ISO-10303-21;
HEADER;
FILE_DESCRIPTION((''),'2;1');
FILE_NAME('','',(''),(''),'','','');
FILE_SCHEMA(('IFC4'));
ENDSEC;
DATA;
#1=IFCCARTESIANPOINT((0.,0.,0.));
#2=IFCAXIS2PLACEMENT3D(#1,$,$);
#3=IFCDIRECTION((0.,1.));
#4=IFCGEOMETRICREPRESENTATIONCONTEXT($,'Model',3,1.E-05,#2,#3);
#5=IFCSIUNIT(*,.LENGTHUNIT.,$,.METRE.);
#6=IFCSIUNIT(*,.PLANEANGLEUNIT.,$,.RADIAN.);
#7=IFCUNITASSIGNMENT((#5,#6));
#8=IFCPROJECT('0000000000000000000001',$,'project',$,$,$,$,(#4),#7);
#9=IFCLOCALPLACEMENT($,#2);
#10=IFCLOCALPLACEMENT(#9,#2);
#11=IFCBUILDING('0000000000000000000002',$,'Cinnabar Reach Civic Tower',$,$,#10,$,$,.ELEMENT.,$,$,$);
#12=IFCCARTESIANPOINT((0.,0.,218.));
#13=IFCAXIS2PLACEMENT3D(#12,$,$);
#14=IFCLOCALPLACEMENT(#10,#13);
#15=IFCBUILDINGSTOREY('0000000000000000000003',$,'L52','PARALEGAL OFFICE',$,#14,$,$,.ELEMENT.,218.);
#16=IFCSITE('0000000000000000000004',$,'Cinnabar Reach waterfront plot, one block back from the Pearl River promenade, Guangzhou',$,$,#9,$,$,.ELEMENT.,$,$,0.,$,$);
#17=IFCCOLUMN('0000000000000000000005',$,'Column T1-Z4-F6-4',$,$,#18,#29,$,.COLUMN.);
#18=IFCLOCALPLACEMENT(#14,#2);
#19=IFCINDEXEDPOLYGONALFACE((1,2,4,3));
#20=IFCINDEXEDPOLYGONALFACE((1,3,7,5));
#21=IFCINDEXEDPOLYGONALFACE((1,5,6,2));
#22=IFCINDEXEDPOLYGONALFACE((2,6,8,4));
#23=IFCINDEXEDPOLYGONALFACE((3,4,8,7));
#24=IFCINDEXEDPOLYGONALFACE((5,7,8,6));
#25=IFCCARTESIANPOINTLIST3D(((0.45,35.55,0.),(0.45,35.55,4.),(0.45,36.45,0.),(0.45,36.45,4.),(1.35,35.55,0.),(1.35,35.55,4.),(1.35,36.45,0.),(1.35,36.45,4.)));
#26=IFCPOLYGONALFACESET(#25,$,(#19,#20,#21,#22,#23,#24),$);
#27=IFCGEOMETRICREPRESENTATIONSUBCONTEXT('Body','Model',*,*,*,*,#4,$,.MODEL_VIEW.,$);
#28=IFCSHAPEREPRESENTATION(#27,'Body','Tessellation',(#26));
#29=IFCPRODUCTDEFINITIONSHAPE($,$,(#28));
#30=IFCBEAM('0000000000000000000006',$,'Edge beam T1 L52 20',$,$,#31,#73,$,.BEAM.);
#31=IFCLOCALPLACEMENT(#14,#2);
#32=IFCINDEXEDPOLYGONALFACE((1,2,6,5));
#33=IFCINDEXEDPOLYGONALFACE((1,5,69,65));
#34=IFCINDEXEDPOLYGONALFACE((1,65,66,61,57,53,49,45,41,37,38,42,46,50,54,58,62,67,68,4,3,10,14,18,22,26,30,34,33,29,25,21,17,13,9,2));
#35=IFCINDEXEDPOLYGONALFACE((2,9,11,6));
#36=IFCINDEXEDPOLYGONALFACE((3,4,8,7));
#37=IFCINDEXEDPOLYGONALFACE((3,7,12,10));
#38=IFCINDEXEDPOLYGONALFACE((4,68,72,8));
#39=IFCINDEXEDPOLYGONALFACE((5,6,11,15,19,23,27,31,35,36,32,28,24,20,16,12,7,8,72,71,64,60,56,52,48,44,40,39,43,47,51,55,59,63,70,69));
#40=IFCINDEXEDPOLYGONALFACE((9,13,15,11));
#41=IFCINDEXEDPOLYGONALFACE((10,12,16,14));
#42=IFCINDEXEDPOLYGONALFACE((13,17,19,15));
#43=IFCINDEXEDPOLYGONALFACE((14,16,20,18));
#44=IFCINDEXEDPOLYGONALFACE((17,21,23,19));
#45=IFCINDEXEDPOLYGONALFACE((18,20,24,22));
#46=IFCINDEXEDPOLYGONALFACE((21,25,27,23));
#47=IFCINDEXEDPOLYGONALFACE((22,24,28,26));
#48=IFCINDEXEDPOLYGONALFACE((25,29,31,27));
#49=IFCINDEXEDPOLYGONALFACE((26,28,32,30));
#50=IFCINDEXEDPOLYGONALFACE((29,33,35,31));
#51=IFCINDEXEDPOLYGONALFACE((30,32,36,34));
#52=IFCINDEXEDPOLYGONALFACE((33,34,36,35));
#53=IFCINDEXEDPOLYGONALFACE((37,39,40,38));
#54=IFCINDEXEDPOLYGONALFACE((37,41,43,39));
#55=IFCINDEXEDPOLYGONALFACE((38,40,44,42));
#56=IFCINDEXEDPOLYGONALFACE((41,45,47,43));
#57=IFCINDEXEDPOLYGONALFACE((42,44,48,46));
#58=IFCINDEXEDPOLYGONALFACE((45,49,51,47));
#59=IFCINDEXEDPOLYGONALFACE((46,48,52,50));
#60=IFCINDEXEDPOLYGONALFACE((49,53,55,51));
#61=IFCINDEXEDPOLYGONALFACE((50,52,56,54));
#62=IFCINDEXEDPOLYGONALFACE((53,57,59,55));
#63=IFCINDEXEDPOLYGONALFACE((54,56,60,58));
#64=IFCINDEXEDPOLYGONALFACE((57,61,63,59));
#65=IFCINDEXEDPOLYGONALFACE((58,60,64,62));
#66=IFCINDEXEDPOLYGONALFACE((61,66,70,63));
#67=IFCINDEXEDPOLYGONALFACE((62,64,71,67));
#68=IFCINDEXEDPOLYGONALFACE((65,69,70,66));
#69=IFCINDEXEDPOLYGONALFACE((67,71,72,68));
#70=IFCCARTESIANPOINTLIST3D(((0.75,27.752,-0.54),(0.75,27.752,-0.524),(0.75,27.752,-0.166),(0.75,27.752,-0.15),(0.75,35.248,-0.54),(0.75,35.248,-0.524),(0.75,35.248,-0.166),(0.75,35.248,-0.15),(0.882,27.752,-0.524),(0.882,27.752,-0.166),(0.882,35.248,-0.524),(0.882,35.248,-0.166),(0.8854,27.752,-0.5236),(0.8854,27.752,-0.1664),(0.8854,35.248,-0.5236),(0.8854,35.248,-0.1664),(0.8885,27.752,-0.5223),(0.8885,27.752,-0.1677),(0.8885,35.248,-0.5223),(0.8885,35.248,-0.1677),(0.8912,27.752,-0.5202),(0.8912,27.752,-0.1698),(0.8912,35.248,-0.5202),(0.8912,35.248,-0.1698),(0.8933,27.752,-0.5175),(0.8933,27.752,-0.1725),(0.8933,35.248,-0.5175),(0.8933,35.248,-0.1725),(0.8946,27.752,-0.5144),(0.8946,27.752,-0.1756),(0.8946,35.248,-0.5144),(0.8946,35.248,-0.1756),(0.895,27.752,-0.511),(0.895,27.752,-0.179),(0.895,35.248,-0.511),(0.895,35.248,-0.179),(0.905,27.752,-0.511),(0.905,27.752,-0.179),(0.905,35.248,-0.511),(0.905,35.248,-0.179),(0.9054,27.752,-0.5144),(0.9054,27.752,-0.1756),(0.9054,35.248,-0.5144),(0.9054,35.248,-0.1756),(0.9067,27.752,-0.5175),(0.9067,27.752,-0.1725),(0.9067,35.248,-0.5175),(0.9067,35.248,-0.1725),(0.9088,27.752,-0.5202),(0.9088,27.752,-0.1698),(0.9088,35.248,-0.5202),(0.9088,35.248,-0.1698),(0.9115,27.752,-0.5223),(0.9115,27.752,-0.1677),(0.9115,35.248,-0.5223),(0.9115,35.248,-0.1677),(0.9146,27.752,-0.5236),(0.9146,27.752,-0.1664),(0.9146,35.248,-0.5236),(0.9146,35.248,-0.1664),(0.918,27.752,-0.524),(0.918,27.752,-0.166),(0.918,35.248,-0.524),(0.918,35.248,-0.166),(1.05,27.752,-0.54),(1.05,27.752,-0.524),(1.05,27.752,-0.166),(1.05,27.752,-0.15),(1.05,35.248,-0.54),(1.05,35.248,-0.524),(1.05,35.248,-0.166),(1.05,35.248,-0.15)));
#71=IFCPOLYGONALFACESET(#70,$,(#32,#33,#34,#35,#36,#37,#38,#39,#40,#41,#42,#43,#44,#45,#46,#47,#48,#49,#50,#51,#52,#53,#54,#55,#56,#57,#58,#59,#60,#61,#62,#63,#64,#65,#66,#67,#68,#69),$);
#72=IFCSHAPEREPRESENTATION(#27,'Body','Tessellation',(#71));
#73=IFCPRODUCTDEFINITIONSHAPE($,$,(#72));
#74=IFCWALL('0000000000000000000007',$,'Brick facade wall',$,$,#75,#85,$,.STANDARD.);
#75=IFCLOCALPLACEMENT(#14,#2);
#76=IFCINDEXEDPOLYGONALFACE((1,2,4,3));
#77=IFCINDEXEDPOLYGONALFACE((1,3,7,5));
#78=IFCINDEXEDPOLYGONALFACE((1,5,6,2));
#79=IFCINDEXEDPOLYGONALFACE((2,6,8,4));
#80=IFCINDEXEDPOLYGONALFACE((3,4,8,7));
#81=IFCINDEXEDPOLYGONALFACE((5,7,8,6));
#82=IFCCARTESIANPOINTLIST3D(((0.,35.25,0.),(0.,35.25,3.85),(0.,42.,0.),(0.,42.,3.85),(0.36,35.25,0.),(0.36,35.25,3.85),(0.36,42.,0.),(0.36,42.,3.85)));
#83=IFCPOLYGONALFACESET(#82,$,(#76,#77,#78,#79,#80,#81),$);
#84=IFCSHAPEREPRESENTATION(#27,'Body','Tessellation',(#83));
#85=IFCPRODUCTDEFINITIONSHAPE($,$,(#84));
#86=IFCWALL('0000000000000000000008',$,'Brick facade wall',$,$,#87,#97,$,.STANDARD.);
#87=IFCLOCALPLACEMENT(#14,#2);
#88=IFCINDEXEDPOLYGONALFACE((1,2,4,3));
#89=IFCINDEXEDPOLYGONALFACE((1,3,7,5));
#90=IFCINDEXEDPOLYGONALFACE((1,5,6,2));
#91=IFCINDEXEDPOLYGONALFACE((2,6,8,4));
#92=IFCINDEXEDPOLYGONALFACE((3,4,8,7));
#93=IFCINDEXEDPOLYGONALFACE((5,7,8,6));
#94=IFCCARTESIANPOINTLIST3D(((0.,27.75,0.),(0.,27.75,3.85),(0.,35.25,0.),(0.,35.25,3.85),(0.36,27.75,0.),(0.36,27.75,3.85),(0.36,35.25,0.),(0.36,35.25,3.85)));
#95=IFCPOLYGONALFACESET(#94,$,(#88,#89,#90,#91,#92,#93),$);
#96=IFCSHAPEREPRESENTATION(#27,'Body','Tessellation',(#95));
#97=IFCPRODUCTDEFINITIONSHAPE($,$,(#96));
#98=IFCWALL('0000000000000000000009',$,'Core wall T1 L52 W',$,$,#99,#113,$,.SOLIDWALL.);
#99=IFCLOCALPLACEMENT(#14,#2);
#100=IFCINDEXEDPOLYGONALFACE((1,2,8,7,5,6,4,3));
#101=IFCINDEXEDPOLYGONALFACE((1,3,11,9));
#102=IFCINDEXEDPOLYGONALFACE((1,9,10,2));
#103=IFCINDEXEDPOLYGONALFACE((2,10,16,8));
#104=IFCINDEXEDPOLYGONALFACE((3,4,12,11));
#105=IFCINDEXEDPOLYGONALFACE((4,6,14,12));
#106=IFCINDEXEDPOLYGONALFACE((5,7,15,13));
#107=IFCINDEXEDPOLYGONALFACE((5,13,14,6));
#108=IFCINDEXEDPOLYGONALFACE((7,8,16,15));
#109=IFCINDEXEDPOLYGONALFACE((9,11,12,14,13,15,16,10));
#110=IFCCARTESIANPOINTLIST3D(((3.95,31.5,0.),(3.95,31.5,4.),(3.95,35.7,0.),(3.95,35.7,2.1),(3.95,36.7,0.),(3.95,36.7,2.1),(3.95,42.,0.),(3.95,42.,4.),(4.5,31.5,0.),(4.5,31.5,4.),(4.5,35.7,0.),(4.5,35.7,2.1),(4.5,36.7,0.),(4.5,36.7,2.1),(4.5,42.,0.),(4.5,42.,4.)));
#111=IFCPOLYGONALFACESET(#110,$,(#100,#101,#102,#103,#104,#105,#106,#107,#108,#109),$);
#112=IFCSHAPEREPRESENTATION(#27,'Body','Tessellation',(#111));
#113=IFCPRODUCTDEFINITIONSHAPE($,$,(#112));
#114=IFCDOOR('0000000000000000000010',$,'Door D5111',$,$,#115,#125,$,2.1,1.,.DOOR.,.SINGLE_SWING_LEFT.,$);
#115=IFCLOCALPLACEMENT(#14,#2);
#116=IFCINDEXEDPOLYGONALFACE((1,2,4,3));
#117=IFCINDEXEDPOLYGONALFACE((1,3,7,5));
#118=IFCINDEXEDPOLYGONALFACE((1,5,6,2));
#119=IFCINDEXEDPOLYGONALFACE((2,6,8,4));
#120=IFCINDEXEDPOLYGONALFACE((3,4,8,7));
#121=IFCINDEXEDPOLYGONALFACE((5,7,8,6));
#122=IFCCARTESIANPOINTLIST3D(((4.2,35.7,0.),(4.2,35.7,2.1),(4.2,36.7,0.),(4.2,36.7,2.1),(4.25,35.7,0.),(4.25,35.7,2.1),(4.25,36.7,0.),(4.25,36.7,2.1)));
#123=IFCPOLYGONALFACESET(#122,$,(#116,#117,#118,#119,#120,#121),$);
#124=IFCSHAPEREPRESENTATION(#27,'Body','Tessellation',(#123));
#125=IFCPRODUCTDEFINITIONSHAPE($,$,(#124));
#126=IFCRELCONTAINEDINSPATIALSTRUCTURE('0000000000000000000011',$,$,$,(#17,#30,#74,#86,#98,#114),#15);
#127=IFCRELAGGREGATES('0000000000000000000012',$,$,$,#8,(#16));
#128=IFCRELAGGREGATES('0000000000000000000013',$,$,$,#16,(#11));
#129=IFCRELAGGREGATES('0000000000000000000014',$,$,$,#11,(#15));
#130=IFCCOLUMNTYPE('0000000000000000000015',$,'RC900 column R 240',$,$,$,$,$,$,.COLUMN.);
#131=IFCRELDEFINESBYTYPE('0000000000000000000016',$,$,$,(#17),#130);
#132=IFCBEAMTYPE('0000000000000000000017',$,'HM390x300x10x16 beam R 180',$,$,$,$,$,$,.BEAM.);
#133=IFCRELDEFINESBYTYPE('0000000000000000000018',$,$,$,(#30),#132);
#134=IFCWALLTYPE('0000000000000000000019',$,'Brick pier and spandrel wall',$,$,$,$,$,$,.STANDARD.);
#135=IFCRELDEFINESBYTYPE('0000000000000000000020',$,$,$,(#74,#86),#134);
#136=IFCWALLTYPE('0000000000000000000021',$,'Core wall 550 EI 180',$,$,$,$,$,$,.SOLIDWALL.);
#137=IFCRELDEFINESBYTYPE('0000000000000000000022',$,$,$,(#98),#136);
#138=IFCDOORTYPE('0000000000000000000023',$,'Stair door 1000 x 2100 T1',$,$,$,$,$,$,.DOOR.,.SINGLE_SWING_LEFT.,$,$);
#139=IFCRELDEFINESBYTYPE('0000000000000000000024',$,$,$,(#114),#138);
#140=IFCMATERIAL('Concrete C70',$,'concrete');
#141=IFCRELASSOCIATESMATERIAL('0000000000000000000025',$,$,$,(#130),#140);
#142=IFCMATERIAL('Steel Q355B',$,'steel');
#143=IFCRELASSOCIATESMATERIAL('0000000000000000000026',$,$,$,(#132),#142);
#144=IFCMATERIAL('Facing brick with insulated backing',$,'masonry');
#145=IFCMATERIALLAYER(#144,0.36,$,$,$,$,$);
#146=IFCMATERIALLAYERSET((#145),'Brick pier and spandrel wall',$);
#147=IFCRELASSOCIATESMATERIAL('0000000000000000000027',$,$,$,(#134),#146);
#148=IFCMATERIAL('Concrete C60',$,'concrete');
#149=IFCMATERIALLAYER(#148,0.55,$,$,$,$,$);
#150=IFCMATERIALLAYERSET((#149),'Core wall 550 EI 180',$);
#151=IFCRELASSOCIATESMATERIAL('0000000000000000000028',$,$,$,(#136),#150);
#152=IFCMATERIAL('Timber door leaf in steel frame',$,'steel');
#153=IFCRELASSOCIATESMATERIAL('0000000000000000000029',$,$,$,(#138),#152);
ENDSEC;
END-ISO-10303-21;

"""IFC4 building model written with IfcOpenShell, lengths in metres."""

from ifc_helpers import new_model, si_unit, direction, frame, frame_2d, origin, origin_2d, place, context, subcontext, project, spatial, rectangle, i_section, extrude, material, layer, layer_set, material_profile, profile_set, type_object, element, fill, save


model = new_model("IFC4")

# Units and contexts
model_context = context("Model", 3, precision=1e-05, world=origin(), true_north=direction((0.0, 1.0)))
body_context = subcontext(model_context, "Body", "Model", "MODEL_VIEW")
ifc_project = project(units=[si_unit("LENGTHUNIT", "METRE"), si_unit("PLANEANGLEUNIT", "RADIAN")], contexts=[model_context])

# Site, building, storey
site_placement = place(None, origin())
site = spatial("IfcSite", under=ifc_project, at=site_placement, Name="Cinnabar Reach waterfront plot, one block back from the Pearl River promenade, Guangzhou", CompositionType="ELEMENT", RefElevation=0.0)
building_placement = place(site_placement, origin())
building = spatial("IfcBuilding", under=site, at=building_placement, Name="Cinnabar Reach Civic Tower", CompositionType="ELEMENT")
storey_placement = place(building_placement, frame((0.0, 0.0, 218.0)))
storey = spatial("IfcBuildingStorey", under=building, at=storey_placement, Name="L52", Description="PARALEGAL OFFICE", CompositionType="ELEMENT", Elevation=218.0)

# Column
ifc_material_1 = material(Name="Concrete C70", Category="concrete")
ifc_material_profile_1 = material_profile(ifc_material_1, rectangle(XDim=0.9, YDim=0.9, at=origin_2d()), Name="RC900")
ifc_profile_set_1 = profile_set([ifc_material_profile_1], Name="Concrete C70")
column_type = type_object("IfcColumnType", Name="RC900 column R 240", PredefinedType="COLUMN", material=ifc_profile_set_1)
column_placement = place(storey_placement, frame((0.9, 36.0, 0.0), z_axis=(0.0, 0.0, 1.0), x_axis=(1.0, 0.0, 0.0)))
element("IfcColumn", 1, at=column_placement, inside=storey, type_object=column_type, Name="Column T1-Z4-F6-4", PredefinedType="COLUMN", context=body_context, shape_type="SweptSolid", body=[
    extrude(rectangle(XDim=0.9, YDim=0.9, at=origin_2d()), origin(), (0.0, 0.0, 1.0), 4.0),
])

# Beam
ifc_material_2 = material(Name="Steel Q355B", Category="steel")
ifc_material_profile_2 = material_profile(ifc_material_2, i_section(OverallWidth=0.3, OverallDepth=0.39, WebThickness=0.01, FlangeThickness=0.016, FilletRadius=0.013, at=origin_2d()), Name="HM390x300x10x16")
ifc_profile_set_2 = profile_set([ifc_material_profile_2], Name="Steel Q355B")
beam_type = type_object("IfcBeamType", Name="HM390x300x10x16 beam R 180", PredefinedType="BEAM", material=ifc_profile_set_2)
beam_placement = place(storey_placement, frame((0.9, 35.248, -0.345), z_axis=(0.0, -1.0, 0.0), x_axis=(1.0, 0.0, 0.0)))
element("IfcBeam", 2, at=beam_placement, inside=storey, type_object=beam_type, Name="Edge beam T1 L52 20", PredefinedType="BEAM", context=body_context, shape_type="SweptSolid", body=[
    extrude(i_section(OverallWidth=0.3, OverallDepth=0.39, WebThickness=0.01, FlangeThickness=0.016, FilletRadius=0.013, at=origin_2d()), origin(), (0.0, 0.0, 1.0), 7.496),
])

# Walls
ifc_material_3 = material(Name="Facing brick with insulated backing", Category="masonry")
ifc_layer_1 = layer(ifc_material_3, 0.36)
ifc_layer_set_1 = layer_set([ifc_layer_1], Name="Brick pier and spandrel wall")
wall_type_1 = type_object("IfcWallType", Name="Brick pier and spandrel wall", PredefinedType="STANDARD", material=ifc_layer_set_1)
wall_1_placement = place(storey_placement, frame((0.18, 42.0, 0.0), z_axis=(0.0, 0.0, 1.0), x_axis=(0.0, -1.0, 0.0)))
element("IfcWall", 3, at=wall_1_placement, inside=storey, type_object=wall_type_1, Name="Brick facade wall", PredefinedType="STANDARD", context=body_context, shape_type="SweptSolid", body=[
    extrude(rectangle(XDim=6.75, YDim=0.36, at=frame_2d((3.375, 0.0))), origin(), (0.0, 0.0, 1.0), 3.85),
])
wall_2_placement = place(storey_placement, frame((0.18, 35.25, 0.0), z_axis=(0.0, 0.0, 1.0), x_axis=(0.0, -1.0, 0.0)))
element("IfcWall", 4, at=wall_2_placement, inside=storey, type_object=wall_type_1, Name="Brick facade wall", PredefinedType="STANDARD", context=body_context, shape_type="SweptSolid", body=[
    extrude(rectangle(XDim=7.5, YDim=0.36, at=frame_2d((3.75, 0.0))), origin(), (0.0, 0.0, 1.0), 3.85),
])

# Wall, opening, door
ifc_material_4 = material(Name="Concrete C60", Category="concrete")
ifc_layer_2 = layer(ifc_material_4, 0.55)
ifc_layer_set_2 = layer_set([ifc_layer_2], Name="Core wall 550 EI 180")
wall_type_2 = type_object("IfcWallType", Name="Core wall 550 EI 180", PredefinedType="SOLIDWALL", material=ifc_layer_set_2)
wall_3_placement = place(storey_placement, frame((4.225, 42.0, 0.0), z_axis=(0.0, 0.0, 1.0), x_axis=(0.0, -1.0, 0.0)))
wall_3 = element("IfcWall", 5, at=wall_3_placement, inside=storey, type_object=wall_type_2, Name="Core wall T1 L52 W", PredefinedType="SOLIDWALL", context=body_context, shape_type="SweptSolid", body=[
    extrude(rectangle(XDim=10.5, YDim=0.55, at=frame_2d((5.25, 0.0))), origin(), (0.0, 0.0, 1.0), 4.0),
])
opening_1_placement = place(wall_3_placement, frame((5.3, 0.0, 0.0)))
opening_1 = element("IfcOpeningElement", 6, at=opening_1_placement, cuts=wall_3, PredefinedType="OPENING", context=body_context, shape_type="SweptSolid", body=[
    extrude(rectangle(XDim=1.0, YDim=2.1, at=frame_2d((0.5, 1.05))), frame((0.0, 0.285, 0.0), z_axis=(0.0, -1.0, 0.0), x_axis=(1.0, 0.0, 0.0)), (0.0, 0.0, 1.0), 0.57),
])
ifc_material_5 = material(Name="Timber door leaf in steel frame", Category="steel")
door_type_1 = type_object("IfcDoorType", Name="Stair door 1000 x 2100 T1", OperationType="SINGLE_SWING_LEFT", PredefinedType="DOOR", material=ifc_material_5)
door_1_placement = place(opening_1_placement, frame((1.0, 0.0, 0.0), z_axis=(0.0, 0.0, 1.0), x_axis=(-1.0, 0.0, 0.0)))
door_1 = element("IfcDoor", 7, at=door_1_placement, inside=storey, type_object=door_type_1, Name="Door D5111", OperationType="SINGLE_SWING_LEFT", OverallHeight=2.1, OverallWidth=1.0, PredefinedType="DOOR", context=body_context, shape_type="SweptSolid", body=[
    extrude(rectangle(XDim=1.0, YDim=2.1, at=frame_2d((0.5, 1.05))), frame((0.0, 0.025, 0.0), z_axis=(0.0, -1.0, 0.0), x_axis=(1.0, 0.0, 0.0)), (0.0, 0.0, 1.0), 0.05),
])
fill(opening_1, door_1)

save(model, "model.ifc")
